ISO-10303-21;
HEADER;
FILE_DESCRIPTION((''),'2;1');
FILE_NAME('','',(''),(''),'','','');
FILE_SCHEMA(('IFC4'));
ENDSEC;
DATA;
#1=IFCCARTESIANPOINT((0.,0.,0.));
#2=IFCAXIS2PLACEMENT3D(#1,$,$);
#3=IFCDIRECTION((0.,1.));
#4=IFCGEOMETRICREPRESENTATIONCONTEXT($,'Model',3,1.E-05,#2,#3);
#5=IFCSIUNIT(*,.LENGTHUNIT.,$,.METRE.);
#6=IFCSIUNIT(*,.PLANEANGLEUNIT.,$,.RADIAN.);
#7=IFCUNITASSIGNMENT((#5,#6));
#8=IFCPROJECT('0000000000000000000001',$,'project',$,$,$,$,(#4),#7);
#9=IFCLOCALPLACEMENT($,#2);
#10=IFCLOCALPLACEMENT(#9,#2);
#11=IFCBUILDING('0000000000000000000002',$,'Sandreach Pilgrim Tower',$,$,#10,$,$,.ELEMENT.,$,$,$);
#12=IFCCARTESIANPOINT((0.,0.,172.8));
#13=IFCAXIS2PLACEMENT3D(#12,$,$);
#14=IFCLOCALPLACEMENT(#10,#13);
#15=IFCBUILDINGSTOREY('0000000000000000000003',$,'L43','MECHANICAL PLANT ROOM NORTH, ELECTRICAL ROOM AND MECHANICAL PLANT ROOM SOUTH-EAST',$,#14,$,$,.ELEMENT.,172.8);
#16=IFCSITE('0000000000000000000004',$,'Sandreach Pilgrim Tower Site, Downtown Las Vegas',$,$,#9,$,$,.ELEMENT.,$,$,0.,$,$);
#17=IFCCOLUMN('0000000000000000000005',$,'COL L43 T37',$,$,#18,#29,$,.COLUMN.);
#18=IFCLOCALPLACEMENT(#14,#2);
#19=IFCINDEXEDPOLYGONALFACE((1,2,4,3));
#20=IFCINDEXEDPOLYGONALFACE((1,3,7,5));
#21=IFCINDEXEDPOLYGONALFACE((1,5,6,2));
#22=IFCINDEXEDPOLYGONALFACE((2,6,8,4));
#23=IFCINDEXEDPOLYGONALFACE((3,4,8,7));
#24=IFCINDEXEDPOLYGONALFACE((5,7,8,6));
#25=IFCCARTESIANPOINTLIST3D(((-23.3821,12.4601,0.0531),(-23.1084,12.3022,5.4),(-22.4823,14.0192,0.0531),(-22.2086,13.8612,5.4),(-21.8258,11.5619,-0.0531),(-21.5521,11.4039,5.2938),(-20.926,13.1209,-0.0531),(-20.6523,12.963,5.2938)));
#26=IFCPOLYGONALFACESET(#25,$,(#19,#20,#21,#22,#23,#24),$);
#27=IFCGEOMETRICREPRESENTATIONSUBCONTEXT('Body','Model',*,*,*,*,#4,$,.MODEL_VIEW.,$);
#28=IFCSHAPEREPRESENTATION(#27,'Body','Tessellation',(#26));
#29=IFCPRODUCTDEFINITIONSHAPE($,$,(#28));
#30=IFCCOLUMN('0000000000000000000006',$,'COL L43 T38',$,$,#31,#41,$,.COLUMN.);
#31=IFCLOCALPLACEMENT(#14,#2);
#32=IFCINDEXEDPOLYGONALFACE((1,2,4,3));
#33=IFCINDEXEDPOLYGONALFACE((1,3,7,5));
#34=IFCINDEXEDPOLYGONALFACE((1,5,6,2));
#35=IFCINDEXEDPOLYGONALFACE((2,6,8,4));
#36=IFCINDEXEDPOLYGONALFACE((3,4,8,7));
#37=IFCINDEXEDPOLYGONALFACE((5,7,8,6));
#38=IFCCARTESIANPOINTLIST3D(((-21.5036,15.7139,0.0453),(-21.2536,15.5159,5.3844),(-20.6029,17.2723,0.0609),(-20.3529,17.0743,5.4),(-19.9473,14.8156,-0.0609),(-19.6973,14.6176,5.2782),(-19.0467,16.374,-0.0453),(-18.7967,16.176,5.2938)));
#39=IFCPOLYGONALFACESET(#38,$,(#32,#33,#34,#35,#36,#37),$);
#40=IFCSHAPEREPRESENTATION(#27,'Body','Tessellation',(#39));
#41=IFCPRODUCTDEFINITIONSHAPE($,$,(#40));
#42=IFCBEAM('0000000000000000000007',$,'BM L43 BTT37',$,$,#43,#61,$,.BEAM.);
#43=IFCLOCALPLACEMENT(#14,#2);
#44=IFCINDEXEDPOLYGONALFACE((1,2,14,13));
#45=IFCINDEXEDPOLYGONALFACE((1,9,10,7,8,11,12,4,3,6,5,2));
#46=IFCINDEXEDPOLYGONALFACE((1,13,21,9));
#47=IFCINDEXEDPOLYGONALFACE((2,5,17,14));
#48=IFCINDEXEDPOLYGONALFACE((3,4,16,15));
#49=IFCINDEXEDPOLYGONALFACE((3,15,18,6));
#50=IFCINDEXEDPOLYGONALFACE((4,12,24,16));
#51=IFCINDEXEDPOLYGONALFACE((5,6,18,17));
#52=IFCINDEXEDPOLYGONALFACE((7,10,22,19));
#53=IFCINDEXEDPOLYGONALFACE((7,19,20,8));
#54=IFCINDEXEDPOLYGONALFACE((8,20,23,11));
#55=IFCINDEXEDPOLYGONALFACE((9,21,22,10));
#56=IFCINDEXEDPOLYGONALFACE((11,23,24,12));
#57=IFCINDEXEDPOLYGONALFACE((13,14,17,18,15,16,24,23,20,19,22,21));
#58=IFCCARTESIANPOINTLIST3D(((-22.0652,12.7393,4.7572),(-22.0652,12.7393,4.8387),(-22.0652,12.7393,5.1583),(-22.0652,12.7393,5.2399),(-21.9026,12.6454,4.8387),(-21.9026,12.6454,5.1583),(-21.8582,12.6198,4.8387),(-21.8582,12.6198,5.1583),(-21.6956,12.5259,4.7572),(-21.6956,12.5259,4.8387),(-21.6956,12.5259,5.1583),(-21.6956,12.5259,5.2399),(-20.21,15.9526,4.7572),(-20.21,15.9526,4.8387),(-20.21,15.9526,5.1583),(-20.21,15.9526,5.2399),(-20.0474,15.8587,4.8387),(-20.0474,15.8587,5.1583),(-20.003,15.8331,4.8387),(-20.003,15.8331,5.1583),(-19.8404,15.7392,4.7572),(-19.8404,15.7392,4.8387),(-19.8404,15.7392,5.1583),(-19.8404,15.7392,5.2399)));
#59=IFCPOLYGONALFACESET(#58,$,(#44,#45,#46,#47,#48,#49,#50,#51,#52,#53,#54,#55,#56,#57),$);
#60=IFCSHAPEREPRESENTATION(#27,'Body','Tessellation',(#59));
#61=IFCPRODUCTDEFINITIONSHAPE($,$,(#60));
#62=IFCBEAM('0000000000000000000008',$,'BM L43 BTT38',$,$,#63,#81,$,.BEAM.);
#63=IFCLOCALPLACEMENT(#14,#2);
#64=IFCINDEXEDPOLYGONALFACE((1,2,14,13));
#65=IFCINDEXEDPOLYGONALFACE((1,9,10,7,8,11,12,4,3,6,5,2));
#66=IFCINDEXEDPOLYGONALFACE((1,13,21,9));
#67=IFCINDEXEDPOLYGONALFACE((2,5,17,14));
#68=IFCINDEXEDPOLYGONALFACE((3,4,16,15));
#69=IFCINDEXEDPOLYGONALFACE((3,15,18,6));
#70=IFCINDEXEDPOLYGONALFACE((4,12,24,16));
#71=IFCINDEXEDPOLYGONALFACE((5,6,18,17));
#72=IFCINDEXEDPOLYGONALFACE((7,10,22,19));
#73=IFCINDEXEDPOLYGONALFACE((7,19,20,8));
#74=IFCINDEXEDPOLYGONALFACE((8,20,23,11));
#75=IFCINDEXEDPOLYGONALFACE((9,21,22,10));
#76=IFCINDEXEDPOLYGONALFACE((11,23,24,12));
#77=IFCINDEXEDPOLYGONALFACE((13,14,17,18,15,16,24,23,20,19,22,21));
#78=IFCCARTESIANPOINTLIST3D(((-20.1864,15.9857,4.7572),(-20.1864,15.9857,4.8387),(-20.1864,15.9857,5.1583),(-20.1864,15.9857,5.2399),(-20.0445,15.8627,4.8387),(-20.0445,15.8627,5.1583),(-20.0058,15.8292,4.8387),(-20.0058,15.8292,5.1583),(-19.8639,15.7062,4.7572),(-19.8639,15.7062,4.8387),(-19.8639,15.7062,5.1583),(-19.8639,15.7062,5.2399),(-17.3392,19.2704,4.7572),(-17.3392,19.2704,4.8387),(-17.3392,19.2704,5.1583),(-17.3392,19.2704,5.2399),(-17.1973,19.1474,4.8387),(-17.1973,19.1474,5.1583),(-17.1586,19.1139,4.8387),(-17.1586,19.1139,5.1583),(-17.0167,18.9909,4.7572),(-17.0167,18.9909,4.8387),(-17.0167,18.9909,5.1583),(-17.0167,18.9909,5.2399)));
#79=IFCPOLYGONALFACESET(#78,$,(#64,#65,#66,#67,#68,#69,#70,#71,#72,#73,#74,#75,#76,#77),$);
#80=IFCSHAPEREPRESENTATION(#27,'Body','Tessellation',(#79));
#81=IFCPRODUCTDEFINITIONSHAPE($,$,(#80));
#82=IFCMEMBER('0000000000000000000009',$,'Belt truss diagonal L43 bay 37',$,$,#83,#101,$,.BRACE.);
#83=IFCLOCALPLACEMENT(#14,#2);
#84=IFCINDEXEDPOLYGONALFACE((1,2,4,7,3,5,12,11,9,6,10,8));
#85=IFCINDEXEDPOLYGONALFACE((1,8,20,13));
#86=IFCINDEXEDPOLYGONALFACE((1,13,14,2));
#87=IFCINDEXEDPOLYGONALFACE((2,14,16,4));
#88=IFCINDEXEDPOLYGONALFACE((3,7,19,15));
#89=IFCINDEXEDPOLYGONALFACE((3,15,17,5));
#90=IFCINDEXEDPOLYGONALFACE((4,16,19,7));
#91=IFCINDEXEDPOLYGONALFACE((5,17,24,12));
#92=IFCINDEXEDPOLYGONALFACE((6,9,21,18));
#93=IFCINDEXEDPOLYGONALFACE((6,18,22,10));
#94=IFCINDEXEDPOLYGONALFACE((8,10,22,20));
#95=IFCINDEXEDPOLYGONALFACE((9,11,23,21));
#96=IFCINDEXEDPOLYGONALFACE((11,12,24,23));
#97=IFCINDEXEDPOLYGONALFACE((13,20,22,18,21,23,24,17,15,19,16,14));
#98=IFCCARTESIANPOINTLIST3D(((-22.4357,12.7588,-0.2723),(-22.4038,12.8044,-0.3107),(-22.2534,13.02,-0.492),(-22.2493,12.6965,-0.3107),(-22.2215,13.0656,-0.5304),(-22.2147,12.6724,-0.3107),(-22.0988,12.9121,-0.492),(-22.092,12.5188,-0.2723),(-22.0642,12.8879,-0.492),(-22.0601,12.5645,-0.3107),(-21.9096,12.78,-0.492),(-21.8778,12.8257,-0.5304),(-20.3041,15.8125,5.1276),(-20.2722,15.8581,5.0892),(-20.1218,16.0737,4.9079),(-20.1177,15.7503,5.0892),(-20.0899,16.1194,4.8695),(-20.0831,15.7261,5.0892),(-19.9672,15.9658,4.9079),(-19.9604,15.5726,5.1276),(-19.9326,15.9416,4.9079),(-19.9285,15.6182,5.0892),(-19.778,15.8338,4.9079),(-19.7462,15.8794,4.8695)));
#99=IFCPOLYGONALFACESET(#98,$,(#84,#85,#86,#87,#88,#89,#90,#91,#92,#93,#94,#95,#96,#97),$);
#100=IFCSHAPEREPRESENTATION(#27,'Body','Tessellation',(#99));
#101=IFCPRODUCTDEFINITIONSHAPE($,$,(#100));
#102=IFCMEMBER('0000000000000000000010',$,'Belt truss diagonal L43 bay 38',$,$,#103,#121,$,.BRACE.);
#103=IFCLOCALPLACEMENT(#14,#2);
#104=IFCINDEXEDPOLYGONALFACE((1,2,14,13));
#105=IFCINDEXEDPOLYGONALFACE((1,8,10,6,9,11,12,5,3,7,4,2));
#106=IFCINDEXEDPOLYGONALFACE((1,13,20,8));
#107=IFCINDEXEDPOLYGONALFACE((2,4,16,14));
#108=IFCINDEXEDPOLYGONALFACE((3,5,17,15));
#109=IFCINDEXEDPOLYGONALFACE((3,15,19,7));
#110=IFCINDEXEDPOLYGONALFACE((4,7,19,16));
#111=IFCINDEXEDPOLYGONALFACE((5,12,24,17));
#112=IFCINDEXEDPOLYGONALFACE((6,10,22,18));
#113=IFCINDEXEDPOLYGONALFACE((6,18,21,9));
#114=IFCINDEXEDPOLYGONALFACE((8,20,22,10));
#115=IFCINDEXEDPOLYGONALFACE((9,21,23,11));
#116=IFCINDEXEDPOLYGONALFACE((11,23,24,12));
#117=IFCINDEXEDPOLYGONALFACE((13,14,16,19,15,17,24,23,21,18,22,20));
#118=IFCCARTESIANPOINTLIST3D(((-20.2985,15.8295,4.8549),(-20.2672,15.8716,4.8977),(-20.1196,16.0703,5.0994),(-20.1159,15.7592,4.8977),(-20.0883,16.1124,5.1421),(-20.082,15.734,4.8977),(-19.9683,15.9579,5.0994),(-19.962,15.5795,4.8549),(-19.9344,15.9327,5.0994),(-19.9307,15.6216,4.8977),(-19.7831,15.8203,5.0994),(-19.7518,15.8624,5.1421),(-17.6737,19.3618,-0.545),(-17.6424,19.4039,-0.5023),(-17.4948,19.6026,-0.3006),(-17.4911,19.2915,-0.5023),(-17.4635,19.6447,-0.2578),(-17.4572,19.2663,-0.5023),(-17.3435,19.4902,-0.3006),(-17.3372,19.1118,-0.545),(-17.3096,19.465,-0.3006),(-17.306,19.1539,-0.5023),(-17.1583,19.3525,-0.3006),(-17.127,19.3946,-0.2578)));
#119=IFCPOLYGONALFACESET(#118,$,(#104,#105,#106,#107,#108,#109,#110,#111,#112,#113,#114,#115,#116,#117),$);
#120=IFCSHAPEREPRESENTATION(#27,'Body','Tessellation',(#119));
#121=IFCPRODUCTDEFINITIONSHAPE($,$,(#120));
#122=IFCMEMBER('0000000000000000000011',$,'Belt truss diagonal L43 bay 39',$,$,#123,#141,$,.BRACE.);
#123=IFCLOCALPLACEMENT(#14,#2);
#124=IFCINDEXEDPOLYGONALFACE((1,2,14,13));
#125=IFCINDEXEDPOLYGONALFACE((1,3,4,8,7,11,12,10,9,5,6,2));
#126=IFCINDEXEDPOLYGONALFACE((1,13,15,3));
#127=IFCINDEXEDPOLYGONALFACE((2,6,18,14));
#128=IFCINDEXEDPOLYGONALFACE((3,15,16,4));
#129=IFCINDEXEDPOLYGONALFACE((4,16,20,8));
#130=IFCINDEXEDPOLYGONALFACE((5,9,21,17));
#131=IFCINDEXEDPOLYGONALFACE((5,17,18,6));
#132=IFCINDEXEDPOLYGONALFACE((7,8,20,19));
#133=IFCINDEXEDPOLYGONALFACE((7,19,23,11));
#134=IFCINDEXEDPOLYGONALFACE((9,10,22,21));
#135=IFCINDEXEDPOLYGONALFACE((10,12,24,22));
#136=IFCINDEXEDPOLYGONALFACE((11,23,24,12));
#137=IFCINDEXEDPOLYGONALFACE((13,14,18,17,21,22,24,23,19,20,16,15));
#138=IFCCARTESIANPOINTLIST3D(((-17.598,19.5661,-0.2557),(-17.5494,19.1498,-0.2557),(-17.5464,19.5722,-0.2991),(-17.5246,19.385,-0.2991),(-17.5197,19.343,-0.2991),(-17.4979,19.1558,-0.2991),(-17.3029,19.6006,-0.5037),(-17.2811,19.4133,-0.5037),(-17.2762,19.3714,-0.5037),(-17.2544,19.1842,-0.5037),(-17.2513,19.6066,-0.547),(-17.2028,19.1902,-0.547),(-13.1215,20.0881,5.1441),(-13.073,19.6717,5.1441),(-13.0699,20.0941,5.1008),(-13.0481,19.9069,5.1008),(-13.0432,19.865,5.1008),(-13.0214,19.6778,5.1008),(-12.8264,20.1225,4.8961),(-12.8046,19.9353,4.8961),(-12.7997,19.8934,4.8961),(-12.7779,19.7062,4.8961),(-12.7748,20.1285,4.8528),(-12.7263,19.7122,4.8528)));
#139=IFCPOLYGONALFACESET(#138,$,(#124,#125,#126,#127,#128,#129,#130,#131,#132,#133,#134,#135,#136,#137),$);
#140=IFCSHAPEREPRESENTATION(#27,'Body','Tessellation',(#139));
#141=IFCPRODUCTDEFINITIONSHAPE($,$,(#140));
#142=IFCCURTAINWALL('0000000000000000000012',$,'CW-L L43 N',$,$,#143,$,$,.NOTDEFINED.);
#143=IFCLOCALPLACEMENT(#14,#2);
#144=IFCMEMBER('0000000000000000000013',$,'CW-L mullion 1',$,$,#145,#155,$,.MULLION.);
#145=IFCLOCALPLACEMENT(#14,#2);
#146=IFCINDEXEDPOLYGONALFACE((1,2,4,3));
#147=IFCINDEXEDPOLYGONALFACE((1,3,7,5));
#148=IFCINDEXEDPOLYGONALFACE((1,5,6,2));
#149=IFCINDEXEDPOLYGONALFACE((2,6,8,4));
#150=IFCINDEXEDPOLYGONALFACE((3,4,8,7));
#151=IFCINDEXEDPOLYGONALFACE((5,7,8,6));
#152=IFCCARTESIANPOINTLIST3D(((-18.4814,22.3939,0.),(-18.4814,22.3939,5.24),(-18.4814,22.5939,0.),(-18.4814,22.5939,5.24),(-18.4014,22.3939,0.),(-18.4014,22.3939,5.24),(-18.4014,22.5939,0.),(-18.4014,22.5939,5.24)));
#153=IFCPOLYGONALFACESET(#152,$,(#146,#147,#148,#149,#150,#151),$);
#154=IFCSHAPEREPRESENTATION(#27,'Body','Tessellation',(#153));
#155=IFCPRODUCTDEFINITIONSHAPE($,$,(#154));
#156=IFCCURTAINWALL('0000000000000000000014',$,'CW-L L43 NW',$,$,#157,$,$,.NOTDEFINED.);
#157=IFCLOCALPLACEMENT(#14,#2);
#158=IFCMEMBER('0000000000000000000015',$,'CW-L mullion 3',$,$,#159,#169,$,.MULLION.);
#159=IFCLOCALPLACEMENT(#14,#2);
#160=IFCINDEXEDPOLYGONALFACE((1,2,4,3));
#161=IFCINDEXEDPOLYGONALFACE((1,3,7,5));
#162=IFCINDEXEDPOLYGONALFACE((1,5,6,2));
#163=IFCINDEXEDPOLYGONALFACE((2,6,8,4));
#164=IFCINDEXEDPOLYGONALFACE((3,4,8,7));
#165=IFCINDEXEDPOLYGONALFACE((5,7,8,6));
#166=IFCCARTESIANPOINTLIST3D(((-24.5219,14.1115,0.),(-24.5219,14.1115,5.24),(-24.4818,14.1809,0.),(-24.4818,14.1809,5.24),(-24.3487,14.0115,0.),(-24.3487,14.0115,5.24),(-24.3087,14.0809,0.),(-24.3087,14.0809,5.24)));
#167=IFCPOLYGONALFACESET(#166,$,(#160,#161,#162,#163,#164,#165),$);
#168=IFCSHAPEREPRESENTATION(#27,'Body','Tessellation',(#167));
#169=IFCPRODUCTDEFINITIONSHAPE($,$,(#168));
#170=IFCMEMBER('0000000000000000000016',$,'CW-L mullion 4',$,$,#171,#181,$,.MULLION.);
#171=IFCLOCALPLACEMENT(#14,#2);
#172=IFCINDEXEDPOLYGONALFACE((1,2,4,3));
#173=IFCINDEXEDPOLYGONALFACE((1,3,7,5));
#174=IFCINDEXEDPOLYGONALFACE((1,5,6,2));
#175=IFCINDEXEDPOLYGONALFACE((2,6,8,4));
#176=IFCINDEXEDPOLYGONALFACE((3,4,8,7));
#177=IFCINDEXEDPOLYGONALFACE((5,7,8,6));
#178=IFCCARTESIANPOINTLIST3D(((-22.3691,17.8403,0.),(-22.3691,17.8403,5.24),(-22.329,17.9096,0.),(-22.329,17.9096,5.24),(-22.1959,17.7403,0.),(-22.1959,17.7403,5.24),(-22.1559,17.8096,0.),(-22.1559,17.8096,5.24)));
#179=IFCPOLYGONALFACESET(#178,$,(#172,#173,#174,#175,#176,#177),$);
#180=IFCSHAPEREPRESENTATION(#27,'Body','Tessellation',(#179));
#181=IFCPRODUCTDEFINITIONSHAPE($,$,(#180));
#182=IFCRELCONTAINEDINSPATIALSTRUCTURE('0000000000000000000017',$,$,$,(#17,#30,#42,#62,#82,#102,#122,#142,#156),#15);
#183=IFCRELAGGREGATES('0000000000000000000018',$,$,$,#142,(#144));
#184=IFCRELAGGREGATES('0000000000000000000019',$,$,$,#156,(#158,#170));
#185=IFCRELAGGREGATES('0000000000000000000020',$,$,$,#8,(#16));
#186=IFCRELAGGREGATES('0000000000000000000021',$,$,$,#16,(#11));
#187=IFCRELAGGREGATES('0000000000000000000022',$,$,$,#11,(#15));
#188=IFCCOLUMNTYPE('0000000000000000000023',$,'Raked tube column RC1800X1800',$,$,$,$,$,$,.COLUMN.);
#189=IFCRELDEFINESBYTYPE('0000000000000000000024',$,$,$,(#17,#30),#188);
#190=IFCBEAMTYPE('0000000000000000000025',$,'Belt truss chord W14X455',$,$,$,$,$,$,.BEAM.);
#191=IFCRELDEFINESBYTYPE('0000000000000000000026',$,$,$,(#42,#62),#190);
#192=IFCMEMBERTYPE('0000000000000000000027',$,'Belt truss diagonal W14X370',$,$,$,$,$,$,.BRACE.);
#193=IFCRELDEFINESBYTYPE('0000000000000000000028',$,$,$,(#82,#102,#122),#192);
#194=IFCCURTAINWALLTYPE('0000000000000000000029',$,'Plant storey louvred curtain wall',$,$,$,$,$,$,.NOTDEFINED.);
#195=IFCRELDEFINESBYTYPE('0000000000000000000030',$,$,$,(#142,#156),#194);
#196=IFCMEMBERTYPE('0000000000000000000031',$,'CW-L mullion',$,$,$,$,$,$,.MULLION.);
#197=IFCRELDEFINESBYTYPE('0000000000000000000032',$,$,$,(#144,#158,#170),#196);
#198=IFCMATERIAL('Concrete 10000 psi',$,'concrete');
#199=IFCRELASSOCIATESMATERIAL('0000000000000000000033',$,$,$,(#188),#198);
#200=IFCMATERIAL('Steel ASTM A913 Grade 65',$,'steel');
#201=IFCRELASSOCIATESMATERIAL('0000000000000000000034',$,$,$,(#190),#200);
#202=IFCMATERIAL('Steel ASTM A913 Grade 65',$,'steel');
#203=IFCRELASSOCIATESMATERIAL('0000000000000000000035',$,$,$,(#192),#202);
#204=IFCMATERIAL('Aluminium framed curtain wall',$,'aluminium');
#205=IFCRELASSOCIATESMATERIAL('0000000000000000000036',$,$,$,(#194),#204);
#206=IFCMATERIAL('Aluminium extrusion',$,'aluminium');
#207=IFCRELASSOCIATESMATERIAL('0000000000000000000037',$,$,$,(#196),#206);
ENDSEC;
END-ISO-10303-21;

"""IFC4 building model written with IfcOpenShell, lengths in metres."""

from ifc_helpers import new_model, si_unit, direction, frame, origin, origin_2d, place, context, subcontext, project, spatial, rectangle, i_section, extrude, material, material_profile, profile_set, type_object, element, aggregate, save


model = new_model("IFC4")

# Units and contexts
model_context = context("Model", 3, precision=1e-05, world=origin(), true_north=direction((0.0, 1.0)))
body_context = subcontext(model_context, "Body", "Model", "MODEL_VIEW")
ifc_project = project(units=[si_unit("LENGTHUNIT", "METRE"), si_unit("PLANEANGLEUNIT", "RADIAN")], contexts=[model_context])

# Site, building, storey
site_placement = place(None, origin())
site = spatial("IfcSite", under=ifc_project, at=site_placement, Name="Sandreach Pilgrim Tower Site, Downtown Las Vegas", CompositionType="ELEMENT", RefElevation=0.0)
building_placement = place(site_placement, origin())
building = spatial("IfcBuilding", under=site, at=building_placement, Name="Sandreach Pilgrim Tower", CompositionType="ELEMENT")
storey_placement = place(building_placement, frame((0.0, 0.0, 172.8)))
storey = spatial("IfcBuildingStorey", under=building, at=storey_placement, Name="L43", Description="MECHANICAL PLANT ROOM NORTH, ELECTRICAL ROOM AND MECHANICAL PLANT ROOM SOUTH-EAST", CompositionType="ELEMENT", Elevation=172.8)

# Columns
ifc_material_1 = material(Name="Concrete 10000 psi", Category="concrete")
ifc_material_profile_1 = material_profile(ifc_material_1, rectangle(XDim=1.8, YDim=1.8, at=origin_2d()), Name="RC1800X1800")
ifc_profile_set_1 = profile_set([ifc_material_profile_1], Name="Concrete 10000 psi")
column_type = type_object("IfcColumnType", Name="Raked tube column RC1800X1800", PredefinedType="COLUMN", material=ifc_profile_set_1)
column_1_placement = place(storey_placement, frame((-22.1541, 12.7905, 0.0), z_axis=(0.051096, -0.029491, 0.998258), x_axis=(-0.864587, 0.499008, 0.058995)))
element("IfcColumn", 1, at=column_1_placement, inside=storey, type_object=column_type, Name="COL L43 T37", PredefinedType="COLUMN", context=body_context, shape_type="SweptSolid", body=[
    extrude(rectangle(XDim=1.8, YDim=1.8, at=origin_2d()), origin(), (0.0, 0.0, 1.0), 5.3562),
])
column_2_placement = place(storey_placement, frame((-20.2751, 16.0439, 0.0), z_axis=(0.046741, -0.037018, 0.998221), x_axis=(-0.864562, 0.499052, 0.05899)))
element("IfcColumn", 2, at=column_2_placement, inside=storey, type_object=column_type, Name="COL L43 T38", PredefinedType="COLUMN", context=body_context, shape_type="SweptSolid", body=[
    extrude(rectangle(XDim=1.8, YDim=1.8, at=origin_2d()), origin(), (0.0, 0.0, 1.0), 5.3486),
])

# Beams
ifc_material_2 = material(Name="Steel ASTM A913 Grade 65", Category="steel")
ifc_material_profile_2 = material_profile(ifc_material_2, i_section(OverallWidth=0.4268, OverallDepth=0.4827, WebThickness=0.0513, FlangeThickness=0.0815, at=origin_2d()), Name="W14X455")
ifc_profile_set_2 = profile_set([ifc_material_profile_2], Name="Steel ASTM A913 Grade 65")
beam_type_1 = type_object("IfcBeamType", Name="Belt truss chord W14X455", PredefinedType="BEAM", material=ifc_profile_set_2)
beam_1_placement = place(storey_placement, frame((-21.8804, 12.6326, 4.9985), z_axis=(0.499996, 0.866028, 0.0), x_axis=(-0.866028, 0.499996, 0.0)))
element("IfcBeam", 3, at=beam_1_placement, inside=storey, type_object=beam_type_1, Name="BM L43 BTT37", PredefinedType="BEAM", context=body_context, shape_type="SweptSolid", body=[
    extrude(i_section(OverallWidth=0.4268, OverallDepth=0.4827, WebThickness=0.0513, FlangeThickness=0.0815, at=origin_2d()), origin(), (0.0, 0.0, 1.0), 3.7104),
])
beam_2_placement = place(storey_placement, frame((-20.0251, 15.8459, 4.9985), z_axis=(0.65499, 0.755637, 0.0), x_axis=(-0.755637, 0.65499, 0.0)))
element("IfcBeam", 4, at=beam_2_placement, inside=storey, type_object=beam_type_1, Name="BM L43 BTT38", PredefinedType="BEAM", context=body_context, shape_type="SweptSolid", body=[
    extrude(i_section(OverallWidth=0.4268, OverallDepth=0.4827, WebThickness=0.0513, FlangeThickness=0.0815, at=origin_2d()), origin(), (0.0, 0.0, 1.0), 4.3469),
])

# Members
ifc_material_3 = material(Name="Steel ASTM A913 Grade 65", Category="steel")
ifc_material_profile_3 = material_profile(ifc_material_3, i_section(OverallWidth=0.4192, OverallDepth=0.4546, WebThickness=0.0422, FlangeThickness=0.0676, at=origin_2d()), Name="W14X370")
ifc_profile_set_3 = profile_set([ifc_material_profile_3], Name="Steel ASTM A913 Grade 65")
member_type_1 = type_object("IfcMemberType", Name="Belt truss diagonal W14X370", PredefinedType="BRACE", material=ifc_profile_set_3)
member_1_placement = place(storey_placement, frame((-22.1567, 12.7922, -0.4014), z_axis=(0.32496, 0.465536, 0.823212), x_axis=(-0.819989, 0.572379, 0.0)))
element("IfcMember", 5, at=member_1_placement, inside=storey, type_object=member_type_1, Name="Belt truss diagonal L43 bay 37", PredefinedType="BRACE", context=body_context, shape_type="SweptSolid", body=[
    extrude(i_section(OverallWidth=0.4192, OverallDepth=0.4546, WebThickness=0.0422, FlangeThickness=0.0676, at=origin_2d()), origin(), (0.0, 0.0, 1.0), 6.5596),
])
member_2_placement = place(storey_placement, frame((-20.0251, 15.8459, 4.9985), z_axis=(0.376796, 0.507068, -0.775182), x_axis=(-0.802655, 0.596444, 0.0)))
element("IfcMember", 6, at=member_2_placement, inside=storey, type_object=member_type_1, Name="Belt truss diagonal L43 bay 38", PredefinedType="BRACE", context=body_context, shape_type="SweptSolid", body=[
    extrude(i_section(OverallWidth=0.4192, OverallDepth=0.4546, WebThickness=0.0422, FlangeThickness=0.0676, at=origin_2d()), origin(), (0.0, 0.0, 1.0), 6.9661),
])
member_3_placement = place(storey_placement, frame((-17.4004, 19.3782, -0.4014), z_axis=(0.636457, 0.074212, 0.767734), x_axis=(-0.115817, 0.993271, 0.0)))
element("IfcMember", 7, at=member_3_placement, inside=storey, type_object=member_type_1, Name="Belt truss diagonal L43 bay 39", PredefinedType="BRACE", context=body_context, shape_type="SweptSolid", body=[
    extrude(i_section(OverallWidth=0.4192, OverallDepth=0.4546, WebThickness=0.0422, FlangeThickness=0.0676, at=origin_2d()), origin(), (0.0, 0.0, 1.0), 7.0334),
])

# Curtain wall, member
ifc_material_4 = material(Name="Aluminium framed curtain wall", Category="aluminium")
curtain_wall_type = type_object("IfcCurtainWallType", Name="Plant storey louvred curtain wall", PredefinedType="NOTDEFINED", material=ifc_material_4)
curtain_wall_1_placement = place(storey_placement, origin())
curtain_wall_1 = element("IfcCurtainWall", 8, at=curtain_wall_1_placement, inside=storey, type_object=curtain_wall_type, Name="CW-L L43 N", PredefinedType="NOTDEFINED")
ifc_material_5 = material(Name="Aluminium extrusion", Category="aluminium")
ifc_material_profile_4 = material_profile(ifc_material_5, rectangle(XDim=0.0801, YDim=0.2, at=origin_2d()), Name="CW-LM 80X200")
ifc_profile_set_4 = profile_set([ifc_material_profile_4], Name="Aluminium extrusion")
member_type_2 = type_object("IfcMemberType", Name="CW-L mullion", PredefinedType="MULLION", material=ifc_profile_set_4)
member_4_placement = place(storey_placement, frame((-18.4414, 22.4939, 0.0), z_axis=(0.0, 0.0, 1.0), x_axis=(1.0, 0.0, 0.0)))
member_4 = element("IfcMember", 9, at=member_4_placement, type_object=member_type_2, Name="CW-L mullion 1", PredefinedType="MULLION", context=body_context, shape_type="SweptSolid", body=[
    extrude(rectangle(XDim=0.0801, YDim=0.2, at=origin_2d()), origin(), (0.0, 0.0, 1.0), 5.24),
])

# Curtain wall, members
curtain_wall_2_placement = place(storey_placement, origin())
curtain_wall_2 = element("IfcCurtainWall", 10, at=curtain_wall_2_placement, inside=storey, type_object=curtain_wall_type, Name="CW-L L43 NW", PredefinedType="NOTDEFINED")
member_5_placement = place(storey_placement, frame((-24.4153, 14.0962, 0.0), z_axis=(0.0, 0.0, 1.0), x_axis=(0.5, 0.866025, 0.0)))
member_5 = element("IfcMember", 11, at=member_5_placement, type_object=member_type_2, Name="CW-L mullion 3", PredefinedType="MULLION", context=body_context, shape_type="SweptSolid", body=[
    extrude(rectangle(XDim=0.0801, YDim=0.2, at=origin_2d()), origin(), (0.0, 0.0, 1.0), 5.24),
])
member_6_placement = place(storey_placement, frame((-22.2625, 17.825, 0.0), z_axis=(0.0, 0.0, 1.0), x_axis=(0.5, 0.866025, 0.0)))
member_6 = element("IfcMember", 12, at=member_6_placement, type_object=member_type_2, Name="CW-L mullion 4", PredefinedType="MULLION", context=body_context, shape_type="SweptSolid", body=[
    extrude(rectangle(XDim=0.0801, YDim=0.2, at=origin_2d()), origin(), (0.0, 0.0, 1.0), 5.24),
])

aggregate(curtain_wall_1, [member_4])

aggregate(curtain_wall_2, [member_5, member_6])

save(model, "model.ifc")
